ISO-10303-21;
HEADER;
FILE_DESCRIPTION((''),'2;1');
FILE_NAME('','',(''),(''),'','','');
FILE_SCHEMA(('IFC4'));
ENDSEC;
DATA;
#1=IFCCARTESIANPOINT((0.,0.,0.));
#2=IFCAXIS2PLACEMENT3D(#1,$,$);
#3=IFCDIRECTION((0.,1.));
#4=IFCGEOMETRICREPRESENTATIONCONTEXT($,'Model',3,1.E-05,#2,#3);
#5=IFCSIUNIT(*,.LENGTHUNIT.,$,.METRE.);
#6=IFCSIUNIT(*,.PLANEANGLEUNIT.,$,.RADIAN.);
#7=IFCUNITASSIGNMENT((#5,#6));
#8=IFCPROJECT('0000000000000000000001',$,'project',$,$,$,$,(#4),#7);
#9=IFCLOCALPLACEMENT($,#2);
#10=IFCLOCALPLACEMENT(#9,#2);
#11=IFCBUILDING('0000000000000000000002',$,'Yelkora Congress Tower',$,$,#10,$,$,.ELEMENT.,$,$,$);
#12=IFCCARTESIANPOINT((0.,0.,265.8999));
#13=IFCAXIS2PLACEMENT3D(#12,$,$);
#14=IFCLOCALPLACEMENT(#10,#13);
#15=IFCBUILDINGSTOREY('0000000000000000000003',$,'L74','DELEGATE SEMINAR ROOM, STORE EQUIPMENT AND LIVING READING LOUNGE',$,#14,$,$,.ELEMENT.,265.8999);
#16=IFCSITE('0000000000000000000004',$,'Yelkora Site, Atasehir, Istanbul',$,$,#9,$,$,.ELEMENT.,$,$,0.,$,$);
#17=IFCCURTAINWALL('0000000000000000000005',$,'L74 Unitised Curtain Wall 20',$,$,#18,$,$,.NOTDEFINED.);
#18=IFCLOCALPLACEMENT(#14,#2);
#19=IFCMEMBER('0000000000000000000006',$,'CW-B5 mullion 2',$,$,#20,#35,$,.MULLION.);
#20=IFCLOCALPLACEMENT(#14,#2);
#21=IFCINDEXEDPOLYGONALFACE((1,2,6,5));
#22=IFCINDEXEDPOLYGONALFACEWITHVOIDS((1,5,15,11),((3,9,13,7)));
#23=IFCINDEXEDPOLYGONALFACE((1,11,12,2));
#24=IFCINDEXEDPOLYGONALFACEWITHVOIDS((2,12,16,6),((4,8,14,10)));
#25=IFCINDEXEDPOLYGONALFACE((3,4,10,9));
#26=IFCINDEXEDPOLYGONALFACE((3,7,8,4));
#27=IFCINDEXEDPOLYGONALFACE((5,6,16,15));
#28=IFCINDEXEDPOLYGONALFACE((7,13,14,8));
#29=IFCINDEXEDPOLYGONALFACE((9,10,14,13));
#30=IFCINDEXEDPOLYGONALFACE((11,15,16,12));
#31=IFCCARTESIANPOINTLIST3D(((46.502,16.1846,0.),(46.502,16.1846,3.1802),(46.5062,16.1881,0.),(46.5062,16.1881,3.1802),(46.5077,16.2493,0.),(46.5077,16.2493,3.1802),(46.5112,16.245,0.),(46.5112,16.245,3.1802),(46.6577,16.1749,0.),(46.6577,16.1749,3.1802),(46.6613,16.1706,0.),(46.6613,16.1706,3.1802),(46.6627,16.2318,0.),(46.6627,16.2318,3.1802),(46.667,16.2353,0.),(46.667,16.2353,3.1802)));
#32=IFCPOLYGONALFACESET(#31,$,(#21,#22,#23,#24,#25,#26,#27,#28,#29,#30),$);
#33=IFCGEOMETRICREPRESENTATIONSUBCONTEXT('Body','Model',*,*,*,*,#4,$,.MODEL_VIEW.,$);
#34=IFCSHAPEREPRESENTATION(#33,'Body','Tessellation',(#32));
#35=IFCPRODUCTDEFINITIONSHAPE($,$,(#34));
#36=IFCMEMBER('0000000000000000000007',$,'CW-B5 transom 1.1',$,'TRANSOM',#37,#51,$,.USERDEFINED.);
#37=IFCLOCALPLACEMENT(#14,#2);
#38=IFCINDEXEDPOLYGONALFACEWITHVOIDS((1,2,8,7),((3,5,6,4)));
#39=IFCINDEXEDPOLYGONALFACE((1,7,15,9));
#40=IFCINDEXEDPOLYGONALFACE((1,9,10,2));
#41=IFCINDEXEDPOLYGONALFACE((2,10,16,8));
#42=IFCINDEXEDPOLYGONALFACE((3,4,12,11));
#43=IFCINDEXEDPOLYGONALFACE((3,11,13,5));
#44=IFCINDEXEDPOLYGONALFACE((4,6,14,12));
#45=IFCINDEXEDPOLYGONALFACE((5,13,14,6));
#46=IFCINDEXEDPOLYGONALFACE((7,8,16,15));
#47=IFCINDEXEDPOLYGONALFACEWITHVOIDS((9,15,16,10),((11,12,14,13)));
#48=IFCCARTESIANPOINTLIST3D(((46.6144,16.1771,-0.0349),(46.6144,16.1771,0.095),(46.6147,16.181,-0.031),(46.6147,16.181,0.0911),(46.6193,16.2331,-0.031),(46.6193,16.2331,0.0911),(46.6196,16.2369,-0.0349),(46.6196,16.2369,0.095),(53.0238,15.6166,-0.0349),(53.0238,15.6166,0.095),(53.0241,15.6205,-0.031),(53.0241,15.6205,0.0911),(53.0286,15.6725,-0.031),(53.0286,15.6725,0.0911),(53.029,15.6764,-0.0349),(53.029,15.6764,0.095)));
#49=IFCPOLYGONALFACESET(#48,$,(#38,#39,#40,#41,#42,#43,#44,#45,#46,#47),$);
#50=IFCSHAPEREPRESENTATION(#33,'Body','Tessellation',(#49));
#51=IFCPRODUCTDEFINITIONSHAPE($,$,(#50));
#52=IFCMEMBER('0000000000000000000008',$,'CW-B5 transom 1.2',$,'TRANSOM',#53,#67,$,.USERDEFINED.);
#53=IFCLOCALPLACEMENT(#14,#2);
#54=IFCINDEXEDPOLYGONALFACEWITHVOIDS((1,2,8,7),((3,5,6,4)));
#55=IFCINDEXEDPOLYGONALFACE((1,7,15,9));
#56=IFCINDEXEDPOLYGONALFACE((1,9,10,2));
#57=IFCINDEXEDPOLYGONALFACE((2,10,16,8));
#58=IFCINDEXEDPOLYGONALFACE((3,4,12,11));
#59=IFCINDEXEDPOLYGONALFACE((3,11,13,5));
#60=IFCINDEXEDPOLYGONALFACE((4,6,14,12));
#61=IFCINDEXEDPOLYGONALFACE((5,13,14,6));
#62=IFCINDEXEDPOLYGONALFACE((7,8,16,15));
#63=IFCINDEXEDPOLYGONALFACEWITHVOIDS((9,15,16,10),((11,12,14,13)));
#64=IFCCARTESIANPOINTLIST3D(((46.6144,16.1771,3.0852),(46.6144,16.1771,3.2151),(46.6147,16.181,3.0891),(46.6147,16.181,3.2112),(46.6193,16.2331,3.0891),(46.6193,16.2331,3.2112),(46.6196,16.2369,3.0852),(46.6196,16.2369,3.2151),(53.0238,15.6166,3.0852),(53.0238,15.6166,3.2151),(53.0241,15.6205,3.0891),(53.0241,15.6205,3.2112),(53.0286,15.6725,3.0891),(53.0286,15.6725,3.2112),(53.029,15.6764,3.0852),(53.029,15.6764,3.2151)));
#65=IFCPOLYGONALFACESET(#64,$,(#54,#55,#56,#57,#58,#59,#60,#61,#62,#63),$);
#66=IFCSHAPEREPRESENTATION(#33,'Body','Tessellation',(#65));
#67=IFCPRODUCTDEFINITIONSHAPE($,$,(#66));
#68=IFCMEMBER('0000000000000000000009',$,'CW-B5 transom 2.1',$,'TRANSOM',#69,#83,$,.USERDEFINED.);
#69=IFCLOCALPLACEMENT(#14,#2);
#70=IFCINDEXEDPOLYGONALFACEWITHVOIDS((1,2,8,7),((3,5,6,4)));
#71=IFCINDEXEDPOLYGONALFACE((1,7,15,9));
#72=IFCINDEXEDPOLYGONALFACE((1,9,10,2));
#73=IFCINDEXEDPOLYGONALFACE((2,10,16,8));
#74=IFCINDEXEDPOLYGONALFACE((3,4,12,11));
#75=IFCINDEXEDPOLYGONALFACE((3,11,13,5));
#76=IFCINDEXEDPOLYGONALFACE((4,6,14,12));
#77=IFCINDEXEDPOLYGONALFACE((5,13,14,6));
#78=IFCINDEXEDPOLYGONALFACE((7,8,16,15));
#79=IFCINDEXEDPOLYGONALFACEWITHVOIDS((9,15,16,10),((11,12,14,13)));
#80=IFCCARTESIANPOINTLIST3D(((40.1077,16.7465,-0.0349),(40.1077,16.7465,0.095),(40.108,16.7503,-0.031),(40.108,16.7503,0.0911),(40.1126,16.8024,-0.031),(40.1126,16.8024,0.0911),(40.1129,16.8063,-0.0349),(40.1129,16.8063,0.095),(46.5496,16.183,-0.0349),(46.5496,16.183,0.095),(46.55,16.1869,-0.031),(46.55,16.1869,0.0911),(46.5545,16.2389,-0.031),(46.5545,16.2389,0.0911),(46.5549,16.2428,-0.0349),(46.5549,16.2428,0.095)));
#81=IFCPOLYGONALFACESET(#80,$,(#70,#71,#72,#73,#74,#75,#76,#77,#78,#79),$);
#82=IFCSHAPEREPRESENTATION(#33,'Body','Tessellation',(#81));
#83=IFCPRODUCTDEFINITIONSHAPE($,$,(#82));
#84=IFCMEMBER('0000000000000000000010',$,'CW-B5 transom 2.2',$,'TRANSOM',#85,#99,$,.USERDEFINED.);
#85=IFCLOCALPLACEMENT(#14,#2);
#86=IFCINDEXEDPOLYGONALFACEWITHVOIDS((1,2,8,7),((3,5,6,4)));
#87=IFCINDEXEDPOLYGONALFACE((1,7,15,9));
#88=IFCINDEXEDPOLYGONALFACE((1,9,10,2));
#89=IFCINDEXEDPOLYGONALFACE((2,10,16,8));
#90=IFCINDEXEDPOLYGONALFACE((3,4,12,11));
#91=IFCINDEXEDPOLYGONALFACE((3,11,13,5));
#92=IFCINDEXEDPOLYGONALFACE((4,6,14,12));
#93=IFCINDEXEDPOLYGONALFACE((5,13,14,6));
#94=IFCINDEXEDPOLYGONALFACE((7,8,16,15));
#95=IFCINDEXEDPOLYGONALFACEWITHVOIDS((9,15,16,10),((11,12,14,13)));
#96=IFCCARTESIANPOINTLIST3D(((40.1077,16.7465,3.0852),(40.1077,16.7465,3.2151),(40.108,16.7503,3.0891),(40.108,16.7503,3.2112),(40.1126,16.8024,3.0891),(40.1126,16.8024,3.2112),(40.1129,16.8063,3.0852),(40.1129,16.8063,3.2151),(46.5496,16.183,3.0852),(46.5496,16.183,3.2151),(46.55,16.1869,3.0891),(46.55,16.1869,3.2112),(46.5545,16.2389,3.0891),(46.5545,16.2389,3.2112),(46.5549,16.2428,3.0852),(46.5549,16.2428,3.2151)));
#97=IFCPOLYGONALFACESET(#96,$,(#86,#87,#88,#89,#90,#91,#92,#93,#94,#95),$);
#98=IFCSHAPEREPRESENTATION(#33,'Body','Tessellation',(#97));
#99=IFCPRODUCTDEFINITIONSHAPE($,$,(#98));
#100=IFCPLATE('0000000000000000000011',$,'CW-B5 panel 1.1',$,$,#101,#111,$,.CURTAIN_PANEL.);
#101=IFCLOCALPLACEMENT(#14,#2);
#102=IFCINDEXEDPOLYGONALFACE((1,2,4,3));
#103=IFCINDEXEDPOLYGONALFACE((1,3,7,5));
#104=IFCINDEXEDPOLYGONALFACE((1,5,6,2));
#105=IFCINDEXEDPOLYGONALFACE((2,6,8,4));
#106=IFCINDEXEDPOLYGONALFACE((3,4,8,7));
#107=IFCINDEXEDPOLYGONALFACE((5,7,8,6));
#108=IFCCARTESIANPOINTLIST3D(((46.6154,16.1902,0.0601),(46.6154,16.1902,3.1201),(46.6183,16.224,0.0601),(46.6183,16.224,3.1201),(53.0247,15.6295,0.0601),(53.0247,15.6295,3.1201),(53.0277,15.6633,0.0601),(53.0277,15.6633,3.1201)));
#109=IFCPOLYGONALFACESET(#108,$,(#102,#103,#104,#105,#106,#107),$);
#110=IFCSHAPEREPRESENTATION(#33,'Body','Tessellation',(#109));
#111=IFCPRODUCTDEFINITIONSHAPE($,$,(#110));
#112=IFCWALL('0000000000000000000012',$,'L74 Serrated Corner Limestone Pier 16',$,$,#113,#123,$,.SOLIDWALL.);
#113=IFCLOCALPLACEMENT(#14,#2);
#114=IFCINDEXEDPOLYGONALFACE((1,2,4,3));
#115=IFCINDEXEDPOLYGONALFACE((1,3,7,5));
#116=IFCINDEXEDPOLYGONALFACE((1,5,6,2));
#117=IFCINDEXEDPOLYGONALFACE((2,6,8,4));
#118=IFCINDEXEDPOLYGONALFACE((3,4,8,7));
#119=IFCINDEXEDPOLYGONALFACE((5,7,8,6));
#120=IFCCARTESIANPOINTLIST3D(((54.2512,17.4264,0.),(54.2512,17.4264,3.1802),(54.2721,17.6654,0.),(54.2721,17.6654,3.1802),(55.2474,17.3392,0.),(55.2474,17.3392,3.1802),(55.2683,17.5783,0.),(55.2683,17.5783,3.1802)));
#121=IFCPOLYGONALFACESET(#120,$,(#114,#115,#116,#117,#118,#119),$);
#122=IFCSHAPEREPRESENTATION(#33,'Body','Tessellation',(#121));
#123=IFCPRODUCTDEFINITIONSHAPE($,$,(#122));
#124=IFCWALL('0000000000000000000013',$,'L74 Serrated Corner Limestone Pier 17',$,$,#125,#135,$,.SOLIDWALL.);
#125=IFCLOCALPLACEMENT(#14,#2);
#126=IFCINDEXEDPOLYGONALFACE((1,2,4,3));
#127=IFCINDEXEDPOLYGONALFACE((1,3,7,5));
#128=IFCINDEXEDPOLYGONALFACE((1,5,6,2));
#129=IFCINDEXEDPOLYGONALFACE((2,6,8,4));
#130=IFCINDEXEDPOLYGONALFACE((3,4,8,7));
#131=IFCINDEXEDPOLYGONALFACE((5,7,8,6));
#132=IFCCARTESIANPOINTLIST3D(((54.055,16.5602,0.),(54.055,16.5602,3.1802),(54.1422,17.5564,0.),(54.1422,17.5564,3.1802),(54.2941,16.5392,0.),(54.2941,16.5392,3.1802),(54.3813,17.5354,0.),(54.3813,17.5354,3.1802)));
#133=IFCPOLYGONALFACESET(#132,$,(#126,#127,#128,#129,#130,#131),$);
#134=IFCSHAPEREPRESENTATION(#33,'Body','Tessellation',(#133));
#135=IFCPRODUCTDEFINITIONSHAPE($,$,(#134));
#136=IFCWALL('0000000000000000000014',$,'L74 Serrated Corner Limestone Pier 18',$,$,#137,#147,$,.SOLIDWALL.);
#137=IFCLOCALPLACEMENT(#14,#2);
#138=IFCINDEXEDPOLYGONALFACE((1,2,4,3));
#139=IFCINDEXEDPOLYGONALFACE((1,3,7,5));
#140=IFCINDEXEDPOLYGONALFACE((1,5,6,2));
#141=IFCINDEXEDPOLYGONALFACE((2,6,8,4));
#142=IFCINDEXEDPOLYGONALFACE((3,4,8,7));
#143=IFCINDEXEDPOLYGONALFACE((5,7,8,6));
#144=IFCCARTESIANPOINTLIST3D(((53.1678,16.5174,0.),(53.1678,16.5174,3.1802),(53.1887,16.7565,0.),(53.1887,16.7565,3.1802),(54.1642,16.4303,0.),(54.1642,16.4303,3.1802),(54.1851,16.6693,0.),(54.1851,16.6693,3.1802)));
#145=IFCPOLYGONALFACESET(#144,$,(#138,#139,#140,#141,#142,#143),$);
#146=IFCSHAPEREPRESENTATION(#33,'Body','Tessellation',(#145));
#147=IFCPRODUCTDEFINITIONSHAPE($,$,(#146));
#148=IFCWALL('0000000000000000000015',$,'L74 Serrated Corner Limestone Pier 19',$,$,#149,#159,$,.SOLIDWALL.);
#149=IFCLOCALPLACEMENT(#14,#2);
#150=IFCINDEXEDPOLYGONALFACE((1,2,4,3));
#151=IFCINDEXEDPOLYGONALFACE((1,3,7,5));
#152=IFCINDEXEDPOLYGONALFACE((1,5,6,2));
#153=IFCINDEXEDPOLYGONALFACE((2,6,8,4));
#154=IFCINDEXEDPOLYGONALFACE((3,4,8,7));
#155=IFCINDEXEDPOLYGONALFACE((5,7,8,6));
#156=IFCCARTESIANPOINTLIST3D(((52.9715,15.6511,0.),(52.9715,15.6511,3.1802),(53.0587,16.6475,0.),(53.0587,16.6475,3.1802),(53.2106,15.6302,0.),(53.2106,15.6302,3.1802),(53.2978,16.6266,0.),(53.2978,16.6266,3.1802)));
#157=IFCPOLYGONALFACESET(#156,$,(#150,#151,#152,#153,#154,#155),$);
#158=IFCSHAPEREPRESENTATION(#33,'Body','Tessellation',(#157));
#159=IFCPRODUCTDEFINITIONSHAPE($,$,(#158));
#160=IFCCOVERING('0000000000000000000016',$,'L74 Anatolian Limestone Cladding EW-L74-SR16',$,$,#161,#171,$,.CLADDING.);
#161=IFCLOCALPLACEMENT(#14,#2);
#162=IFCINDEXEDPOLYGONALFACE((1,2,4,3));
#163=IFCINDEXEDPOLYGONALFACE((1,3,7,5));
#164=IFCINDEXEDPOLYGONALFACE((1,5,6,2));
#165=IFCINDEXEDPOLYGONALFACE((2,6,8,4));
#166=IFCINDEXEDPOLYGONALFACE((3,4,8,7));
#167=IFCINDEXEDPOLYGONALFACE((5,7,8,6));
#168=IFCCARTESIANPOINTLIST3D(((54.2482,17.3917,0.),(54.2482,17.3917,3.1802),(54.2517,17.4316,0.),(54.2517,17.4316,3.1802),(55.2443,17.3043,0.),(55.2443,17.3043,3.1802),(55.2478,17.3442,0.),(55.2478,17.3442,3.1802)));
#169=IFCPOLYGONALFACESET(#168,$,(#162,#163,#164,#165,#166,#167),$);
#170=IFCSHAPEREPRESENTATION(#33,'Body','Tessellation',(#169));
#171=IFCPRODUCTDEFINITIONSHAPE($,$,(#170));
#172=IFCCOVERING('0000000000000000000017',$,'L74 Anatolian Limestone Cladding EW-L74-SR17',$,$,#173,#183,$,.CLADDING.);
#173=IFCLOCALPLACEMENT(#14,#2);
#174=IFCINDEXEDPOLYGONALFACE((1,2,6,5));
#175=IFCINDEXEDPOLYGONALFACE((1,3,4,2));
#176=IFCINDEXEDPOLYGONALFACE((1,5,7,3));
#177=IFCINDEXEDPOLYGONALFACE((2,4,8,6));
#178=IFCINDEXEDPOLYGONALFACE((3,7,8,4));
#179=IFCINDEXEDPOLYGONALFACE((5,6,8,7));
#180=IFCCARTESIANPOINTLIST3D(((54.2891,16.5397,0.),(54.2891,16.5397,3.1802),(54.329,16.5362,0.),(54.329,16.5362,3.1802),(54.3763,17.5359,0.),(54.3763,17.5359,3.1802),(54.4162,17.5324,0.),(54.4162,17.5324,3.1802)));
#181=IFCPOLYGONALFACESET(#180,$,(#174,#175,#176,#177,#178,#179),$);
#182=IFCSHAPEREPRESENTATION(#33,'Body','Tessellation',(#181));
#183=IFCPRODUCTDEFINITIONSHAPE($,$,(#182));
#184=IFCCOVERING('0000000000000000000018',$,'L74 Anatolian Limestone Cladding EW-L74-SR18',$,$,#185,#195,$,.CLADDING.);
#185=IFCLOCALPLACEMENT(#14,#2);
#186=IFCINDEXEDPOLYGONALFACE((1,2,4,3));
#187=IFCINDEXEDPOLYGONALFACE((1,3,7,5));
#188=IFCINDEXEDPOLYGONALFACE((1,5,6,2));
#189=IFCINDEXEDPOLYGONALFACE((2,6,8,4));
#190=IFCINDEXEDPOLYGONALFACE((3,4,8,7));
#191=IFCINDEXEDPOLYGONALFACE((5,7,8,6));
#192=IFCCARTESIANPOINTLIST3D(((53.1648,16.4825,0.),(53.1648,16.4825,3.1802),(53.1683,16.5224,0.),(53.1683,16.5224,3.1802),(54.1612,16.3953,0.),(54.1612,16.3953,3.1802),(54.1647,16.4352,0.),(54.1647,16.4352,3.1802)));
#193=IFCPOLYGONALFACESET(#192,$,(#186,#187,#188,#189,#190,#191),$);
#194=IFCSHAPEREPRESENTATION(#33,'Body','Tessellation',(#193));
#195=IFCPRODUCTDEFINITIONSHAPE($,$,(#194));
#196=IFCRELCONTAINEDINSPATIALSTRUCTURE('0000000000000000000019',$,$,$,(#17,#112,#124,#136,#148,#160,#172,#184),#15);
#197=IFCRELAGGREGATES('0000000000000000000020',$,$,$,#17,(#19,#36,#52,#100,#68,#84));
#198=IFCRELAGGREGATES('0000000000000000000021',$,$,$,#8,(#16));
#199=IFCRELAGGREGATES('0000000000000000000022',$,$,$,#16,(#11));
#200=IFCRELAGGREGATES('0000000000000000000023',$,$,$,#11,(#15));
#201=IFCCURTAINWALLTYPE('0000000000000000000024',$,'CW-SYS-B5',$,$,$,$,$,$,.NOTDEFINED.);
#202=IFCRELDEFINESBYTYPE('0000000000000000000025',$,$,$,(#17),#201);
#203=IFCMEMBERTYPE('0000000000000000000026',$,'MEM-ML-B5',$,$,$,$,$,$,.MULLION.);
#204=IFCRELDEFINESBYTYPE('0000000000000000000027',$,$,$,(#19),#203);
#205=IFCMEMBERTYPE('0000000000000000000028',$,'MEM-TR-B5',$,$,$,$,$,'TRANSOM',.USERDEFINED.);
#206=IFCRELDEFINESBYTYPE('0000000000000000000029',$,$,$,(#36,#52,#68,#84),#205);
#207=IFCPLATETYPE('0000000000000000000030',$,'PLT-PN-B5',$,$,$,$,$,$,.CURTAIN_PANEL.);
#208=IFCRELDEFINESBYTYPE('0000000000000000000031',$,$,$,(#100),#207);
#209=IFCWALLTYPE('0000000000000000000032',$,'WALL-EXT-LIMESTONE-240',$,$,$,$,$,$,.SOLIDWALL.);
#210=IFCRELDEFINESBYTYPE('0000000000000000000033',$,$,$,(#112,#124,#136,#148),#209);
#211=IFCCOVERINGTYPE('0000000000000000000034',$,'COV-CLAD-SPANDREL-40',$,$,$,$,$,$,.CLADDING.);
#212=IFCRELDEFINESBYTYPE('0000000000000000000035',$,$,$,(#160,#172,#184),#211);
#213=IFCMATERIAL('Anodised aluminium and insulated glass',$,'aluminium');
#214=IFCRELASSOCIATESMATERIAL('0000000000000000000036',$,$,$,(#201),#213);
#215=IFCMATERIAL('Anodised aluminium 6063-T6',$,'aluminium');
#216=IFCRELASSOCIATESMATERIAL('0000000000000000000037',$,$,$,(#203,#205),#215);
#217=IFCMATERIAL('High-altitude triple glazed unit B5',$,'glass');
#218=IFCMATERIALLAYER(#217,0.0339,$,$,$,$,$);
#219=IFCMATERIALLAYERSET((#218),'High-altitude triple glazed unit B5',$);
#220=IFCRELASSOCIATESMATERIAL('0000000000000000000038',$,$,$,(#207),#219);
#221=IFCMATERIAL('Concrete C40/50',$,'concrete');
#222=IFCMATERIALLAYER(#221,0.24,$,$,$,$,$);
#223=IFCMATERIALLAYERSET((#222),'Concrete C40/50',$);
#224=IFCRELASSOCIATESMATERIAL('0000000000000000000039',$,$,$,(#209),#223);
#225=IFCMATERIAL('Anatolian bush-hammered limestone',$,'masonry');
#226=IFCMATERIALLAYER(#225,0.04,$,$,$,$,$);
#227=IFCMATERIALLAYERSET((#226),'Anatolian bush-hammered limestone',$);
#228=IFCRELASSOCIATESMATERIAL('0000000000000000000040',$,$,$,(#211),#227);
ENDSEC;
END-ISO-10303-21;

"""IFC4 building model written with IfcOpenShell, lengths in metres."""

from ifc_helpers import new_model, si_unit, direction, frame, frame_2d, origin, origin_2d, place, context, subcontext, project, spatial, rectangle, hollow_rectangle, extrude, material, layer, layer_set, material_profile, profile_set, type_object, element, aggregate, save


model = new_model("IFC4")

# Units and contexts
model_context = context("Model", 3, precision=1e-05, world=origin(), true_north=direction((0.0, 1.0)))
body_context = subcontext(model_context, "Body", "Model", "MODEL_VIEW")
ifc_project = project(units=[si_unit("LENGTHUNIT", "METRE"), si_unit("PLANEANGLEUNIT", "RADIAN")], contexts=[model_context])

# Site, building, storey
site_placement = place(None, origin())
site = spatial("IfcSite", under=ifc_project, at=site_placement, Name="Yelkora Site, Atasehir, Istanbul", CompositionType="ELEMENT", RefElevation=0.0)
building_placement = place(site_placement, origin())
building = spatial("IfcBuilding", under=site, at=building_placement, Name="Yelkora Congress Tower", CompositionType="ELEMENT")
storey_placement = place(building_placement, frame((0.0, 0.0, 265.8999)))
storey = spatial("IfcBuildingStorey", under=building, at=storey_placement, Name="L74", Description="DELEGATE SEMINAR ROOM, STORE EQUIPMENT AND LIVING READING LOUNGE", CompositionType="ELEMENT", Elevation=265.8999)

# Shared definitions
ifc_material_1 = material(Name="Anodised aluminium and insulated glass", Category="aluminium")
curtain_wall_type = type_object("IfcCurtainWallType", Name="CW-SYS-B5", PredefinedType="NOTDEFINED", material=ifc_material_1)
ifc_material_2 = material(Name="Anodised aluminium 6063-T6", Category="aluminium")
ifc_material_profile_1 = material_profile(ifc_material_2, hollow_rectangle(XDim=0.0649, YDim=0.1599, WallThickness=0.0039, at=origin_2d()), Name="ALU 65x160x4")
ifc_profile_set_1 = profile_set([ifc_material_profile_1], Name="Anodised aluminium 6063-T6")
member_type_1 = type_object("IfcMemberType", Name="MEM-ML-B5", PredefinedType="MULLION", material=ifc_profile_set_1)

# Curtain wall, members, plate
curtain_wall_1_placement = place(storey_placement, origin())
curtain_wall_1 = element("IfcCurtainWall", 1, at=curtain_wall_1_placement, inside=storey, type_object=curtain_wall_type, Name="L74 Unitised Curtain Wall 20", PredefinedType="NOTDEFINED")
member_1_placement = place(storey_placement, frame((46.5845, 16.21, 0.0), z_axis=(0.0, 0.0, 1.0), x_axis=(-0.087157, -0.996195, 0.0)))
member_1 = element("IfcMember", 2, at=member_1_placement, type_object=member_type_1, Name="CW-B5 mullion 2", PredefinedType="MULLION", context=body_context, shape_type="SweptSolid", body=[
    extrude(hollow_rectangle(XDim=0.0649, YDim=0.1599, WallThickness=0.0039, at=origin_2d()), origin(), (0.0, 0.0, 1.0), 3.1802),
])
ifc_material_profile_2 = material_profile(ifc_material_2, hollow_rectangle(XDim=0.0601, YDim=0.1299, WallThickness=0.0039, at=origin_2d()), Name="ALU 60x130x4")
ifc_profile_set_2 = profile_set([ifc_material_profile_2], Name="Anodised aluminium 6063-T6")
member_type_2 = type_object("IfcMemberType", Name="MEM-TR-B5", ElementType="TRANSOM", PredefinedType="USERDEFINED", material=ifc_profile_set_2)
member_2_placement = place(storey_placement, frame((53.0264, 15.6465, 0.03), z_axis=(-0.996197, 0.087124, 0.0), x_axis=(-0.087124, -0.996197, 0.0)))
member_2 = element("IfcMember", 3, at=member_2_placement, type_object=member_type_2, Name="CW-B5 transom 1.1", ObjectType="TRANSOM", PredefinedType="USERDEFINED", context=body_context, shape_type="SweptSolid", body=[
    extrude(hollow_rectangle(XDim=0.0601, YDim=0.1299, WallThickness=0.0039, at=origin_2d()), origin(), (0.0, 0.0, 1.0), 6.4338),
])
member_3_placement = place(storey_placement, frame((53.0264, 15.6465, 3.1501), z_axis=(-0.996197, 0.087124, 0.0), x_axis=(-0.087124, -0.996197, 0.0)))
member_3 = element("IfcMember", 4, at=member_3_placement, type_object=member_type_2, Name="CW-B5 transom 1.2", ObjectType="TRANSOM", PredefinedType="USERDEFINED", context=body_context, shape_type="SweptSolid", body=[
    extrude(hollow_rectangle(XDim=0.0601, YDim=0.1299, WallThickness=0.0039, at=origin_2d()), origin(), (0.0, 0.0, 1.0), 6.4338),
])
member_4_placement = place(storey_placement, frame((46.5522, 16.2129, 0.03), z_axis=(-0.996196, 0.087138, 0.0), x_axis=(-0.087138, -0.996196, 0.0)))
member_4 = element("IfcMember", 5, at=member_4_placement, type_object=member_type_2, Name="CW-B5 transom 2.1", ObjectType="TRANSOM", PredefinedType="USERDEFINED", context=body_context, shape_type="SweptSolid", body=[
    extrude(hollow_rectangle(XDim=0.0601, YDim=0.1299, WallThickness=0.0039, at=origin_2d()), origin(), (0.0, 0.0, 1.0), 6.4666),
])
member_5_placement = place(storey_placement, frame((46.5522, 16.2129, 3.1501), z_axis=(-0.996196, 0.087138, 0.0), x_axis=(-0.087138, -0.996196, 0.0)))
member_5 = element("IfcMember", 6, at=member_5_placement, type_object=member_type_2, Name="CW-B5 transom 2.2", ObjectType="TRANSOM", PredefinedType="USERDEFINED", context=body_context, shape_type="SweptSolid", body=[
    extrude(hollow_rectangle(XDim=0.0601, YDim=0.1299, WallThickness=0.0039, at=origin_2d()), origin(), (0.0, 0.0, 1.0), 6.4666),
])
ifc_material_3 = material(Name="High-altitude triple glazed unit B5", Category="glass")
ifc_layer_1 = layer(ifc_material_3, 0.0339)
ifc_layer_set_1 = layer_set([ifc_layer_1], Name="High-altitude triple glazed unit B5")
plate_type = type_object("IfcPlateType", Name="PLT-PN-B5", PredefinedType="CURTAIN_PANEL", material=ifc_layer_set_1)
plate_placement = place(storey_placement, frame((49.8215, 15.9268, 0.0601), z_axis=(0.0, 0.0, 1.0), x_axis=(-0.996195, 0.087157, 0.0)))
plate = element("IfcPlate", 7, at=plate_placement, type_object=plate_type, Name="CW-B5 panel 1.1", PredefinedType="CURTAIN_PANEL", context=body_context, shape_type="SweptSolid", body=[
    extrude(rectangle(XDim=6.4338, YDim=0.0339, at=origin_2d()), origin(), (0.0, 0.0, 1.0), 3.0601),
])
aggregate(curtain_wall_1, [member_1, member_2, member_3, plate, member_4, member_5])

# Walls
ifc_material_4 = material(Name="Concrete C40/50", Category="concrete")
ifc_layer_2 = layer(ifc_material_4, 0.24)
ifc_layer_set_2 = layer_set([ifc_layer_2], Name="Concrete C40/50")
wall_type = type_object("IfcWallType", Name="WALL-EXT-LIMESTONE-240", PredefinedType="SOLIDWALL", material=ifc_layer_set_2)
for number, where, z_axis, x_axis, name in (
    (8, (55.2578, 17.4587, 0.0), (0.0, 0.0, 1.0), (-0.996194, 0.087167, 0.0), "L74 Serrated Corner Limestone Pier 16"),
    (9, (54.2617, 17.5459, 0.0), (0.0, 0.0, 1.0), (-0.087167, -0.996194, 0.0), "L74 Serrated Corner Limestone Pier 17"),
):
    element("IfcWall", number, at=place(storey_placement, frame(where, z_axis=z_axis, x_axis=x_axis)), inside=storey, type_object=wall_type, Name=name, PredefinedType="SOLIDWALL", context=body_context, shape_type="SweptSolid", body=[
        extrude(rectangle(XDim=1.0, YDim=0.24, at=frame_2d((0.5, 0.0))), origin(), (0.0, 0.0, 1.0), 3.1802),
    ])
for number, where, z_axis, x_axis, name in (
    (10, (54.1746, 16.5498, 0.0), (0.0, 0.0, 1.0), (-0.996196, 0.087146, 0.0), "L74 Serrated Corner Limestone Pier 18"),
    (11, (53.1782, 16.637, 0.0), (0.0, 0.0, 1.0), (-0.087146, -0.996196, 0.0), "L74 Serrated Corner Limestone Pier 19"),
):
    element("IfcWall", number, at=place(storey_placement, frame(where, z_axis=z_axis, x_axis=x_axis)), inside=storey, type_object=wall_type, Name=name, PredefinedType="SOLIDWALL", context=body_context, shape_type="SweptSolid", body=[
        extrude(rectangle(XDim=1.0002, YDim=0.24, at=frame_2d((0.5, 0.0))), origin(), (0.0, 0.0, 1.0), 3.1802),
    ])

# Coverings
ifc_material_5 = material(Name="Anatolian bush-hammered limestone", Category="masonry")
ifc_layer_3 = layer(ifc_material_5, 0.04)
ifc_layer_set_3 = layer_set([ifc_layer_3], Name="Anatolian bush-hammered limestone")
covering_type = type_object("IfcCoveringType", Name="COV-CLAD-SPANDREL-40", PredefinedType="CLADDING", material=ifc_layer_set_3)
for number, where, z_axis, x_axis, name in (
    (12, (55.2461, 17.3242, 0.0), (0.0, 0.0, 1.0), (-0.996172, 0.087409, 0.0), "L74 Anatolian Limestone Cladding EW-L74-SR16"),
    (13, (54.3962, 17.5342, 0.0), (0.0, 0.0, 1.0), (-0.087167, -0.996194, 0.0), "L74 Anatolian Limestone Cladding EW-L74-SR17"),
):
    element("IfcCovering", number, at=place(storey_placement, frame(where, z_axis=z_axis, x_axis=x_axis)), inside=storey, type_object=covering_type, Name=name, PredefinedType="CLADDING", context=body_context, shape_type="SweptSolid", body=[
        extrude(rectangle(XDim=1.0, YDim=0.04, at=frame_2d((0.5, 0.0))), origin(), (0.0, 0.0, 1.0), 3.1802),
    ])
covering_1_placement = place(storey_placement, frame((54.1628, 16.4153, 0.0), z_axis=(0.0, 0.0, 1.0), x_axis=(-0.996196, 0.087146, 0.0)))
element("IfcCovering", 14, at=covering_1_placement, inside=storey, type_object=covering_type, Name="L74 Anatolian Limestone Cladding EW-L74-SR18", PredefinedType="CLADDING", context=body_context, shape_type="SweptSolid", body=[
    extrude(rectangle(XDim=1.0002, YDim=0.04, at=frame_2d((0.5, 0.0))), origin(), (0.0, 0.0, 1.0), 3.1802),
])

save(model, "model.ifc")
